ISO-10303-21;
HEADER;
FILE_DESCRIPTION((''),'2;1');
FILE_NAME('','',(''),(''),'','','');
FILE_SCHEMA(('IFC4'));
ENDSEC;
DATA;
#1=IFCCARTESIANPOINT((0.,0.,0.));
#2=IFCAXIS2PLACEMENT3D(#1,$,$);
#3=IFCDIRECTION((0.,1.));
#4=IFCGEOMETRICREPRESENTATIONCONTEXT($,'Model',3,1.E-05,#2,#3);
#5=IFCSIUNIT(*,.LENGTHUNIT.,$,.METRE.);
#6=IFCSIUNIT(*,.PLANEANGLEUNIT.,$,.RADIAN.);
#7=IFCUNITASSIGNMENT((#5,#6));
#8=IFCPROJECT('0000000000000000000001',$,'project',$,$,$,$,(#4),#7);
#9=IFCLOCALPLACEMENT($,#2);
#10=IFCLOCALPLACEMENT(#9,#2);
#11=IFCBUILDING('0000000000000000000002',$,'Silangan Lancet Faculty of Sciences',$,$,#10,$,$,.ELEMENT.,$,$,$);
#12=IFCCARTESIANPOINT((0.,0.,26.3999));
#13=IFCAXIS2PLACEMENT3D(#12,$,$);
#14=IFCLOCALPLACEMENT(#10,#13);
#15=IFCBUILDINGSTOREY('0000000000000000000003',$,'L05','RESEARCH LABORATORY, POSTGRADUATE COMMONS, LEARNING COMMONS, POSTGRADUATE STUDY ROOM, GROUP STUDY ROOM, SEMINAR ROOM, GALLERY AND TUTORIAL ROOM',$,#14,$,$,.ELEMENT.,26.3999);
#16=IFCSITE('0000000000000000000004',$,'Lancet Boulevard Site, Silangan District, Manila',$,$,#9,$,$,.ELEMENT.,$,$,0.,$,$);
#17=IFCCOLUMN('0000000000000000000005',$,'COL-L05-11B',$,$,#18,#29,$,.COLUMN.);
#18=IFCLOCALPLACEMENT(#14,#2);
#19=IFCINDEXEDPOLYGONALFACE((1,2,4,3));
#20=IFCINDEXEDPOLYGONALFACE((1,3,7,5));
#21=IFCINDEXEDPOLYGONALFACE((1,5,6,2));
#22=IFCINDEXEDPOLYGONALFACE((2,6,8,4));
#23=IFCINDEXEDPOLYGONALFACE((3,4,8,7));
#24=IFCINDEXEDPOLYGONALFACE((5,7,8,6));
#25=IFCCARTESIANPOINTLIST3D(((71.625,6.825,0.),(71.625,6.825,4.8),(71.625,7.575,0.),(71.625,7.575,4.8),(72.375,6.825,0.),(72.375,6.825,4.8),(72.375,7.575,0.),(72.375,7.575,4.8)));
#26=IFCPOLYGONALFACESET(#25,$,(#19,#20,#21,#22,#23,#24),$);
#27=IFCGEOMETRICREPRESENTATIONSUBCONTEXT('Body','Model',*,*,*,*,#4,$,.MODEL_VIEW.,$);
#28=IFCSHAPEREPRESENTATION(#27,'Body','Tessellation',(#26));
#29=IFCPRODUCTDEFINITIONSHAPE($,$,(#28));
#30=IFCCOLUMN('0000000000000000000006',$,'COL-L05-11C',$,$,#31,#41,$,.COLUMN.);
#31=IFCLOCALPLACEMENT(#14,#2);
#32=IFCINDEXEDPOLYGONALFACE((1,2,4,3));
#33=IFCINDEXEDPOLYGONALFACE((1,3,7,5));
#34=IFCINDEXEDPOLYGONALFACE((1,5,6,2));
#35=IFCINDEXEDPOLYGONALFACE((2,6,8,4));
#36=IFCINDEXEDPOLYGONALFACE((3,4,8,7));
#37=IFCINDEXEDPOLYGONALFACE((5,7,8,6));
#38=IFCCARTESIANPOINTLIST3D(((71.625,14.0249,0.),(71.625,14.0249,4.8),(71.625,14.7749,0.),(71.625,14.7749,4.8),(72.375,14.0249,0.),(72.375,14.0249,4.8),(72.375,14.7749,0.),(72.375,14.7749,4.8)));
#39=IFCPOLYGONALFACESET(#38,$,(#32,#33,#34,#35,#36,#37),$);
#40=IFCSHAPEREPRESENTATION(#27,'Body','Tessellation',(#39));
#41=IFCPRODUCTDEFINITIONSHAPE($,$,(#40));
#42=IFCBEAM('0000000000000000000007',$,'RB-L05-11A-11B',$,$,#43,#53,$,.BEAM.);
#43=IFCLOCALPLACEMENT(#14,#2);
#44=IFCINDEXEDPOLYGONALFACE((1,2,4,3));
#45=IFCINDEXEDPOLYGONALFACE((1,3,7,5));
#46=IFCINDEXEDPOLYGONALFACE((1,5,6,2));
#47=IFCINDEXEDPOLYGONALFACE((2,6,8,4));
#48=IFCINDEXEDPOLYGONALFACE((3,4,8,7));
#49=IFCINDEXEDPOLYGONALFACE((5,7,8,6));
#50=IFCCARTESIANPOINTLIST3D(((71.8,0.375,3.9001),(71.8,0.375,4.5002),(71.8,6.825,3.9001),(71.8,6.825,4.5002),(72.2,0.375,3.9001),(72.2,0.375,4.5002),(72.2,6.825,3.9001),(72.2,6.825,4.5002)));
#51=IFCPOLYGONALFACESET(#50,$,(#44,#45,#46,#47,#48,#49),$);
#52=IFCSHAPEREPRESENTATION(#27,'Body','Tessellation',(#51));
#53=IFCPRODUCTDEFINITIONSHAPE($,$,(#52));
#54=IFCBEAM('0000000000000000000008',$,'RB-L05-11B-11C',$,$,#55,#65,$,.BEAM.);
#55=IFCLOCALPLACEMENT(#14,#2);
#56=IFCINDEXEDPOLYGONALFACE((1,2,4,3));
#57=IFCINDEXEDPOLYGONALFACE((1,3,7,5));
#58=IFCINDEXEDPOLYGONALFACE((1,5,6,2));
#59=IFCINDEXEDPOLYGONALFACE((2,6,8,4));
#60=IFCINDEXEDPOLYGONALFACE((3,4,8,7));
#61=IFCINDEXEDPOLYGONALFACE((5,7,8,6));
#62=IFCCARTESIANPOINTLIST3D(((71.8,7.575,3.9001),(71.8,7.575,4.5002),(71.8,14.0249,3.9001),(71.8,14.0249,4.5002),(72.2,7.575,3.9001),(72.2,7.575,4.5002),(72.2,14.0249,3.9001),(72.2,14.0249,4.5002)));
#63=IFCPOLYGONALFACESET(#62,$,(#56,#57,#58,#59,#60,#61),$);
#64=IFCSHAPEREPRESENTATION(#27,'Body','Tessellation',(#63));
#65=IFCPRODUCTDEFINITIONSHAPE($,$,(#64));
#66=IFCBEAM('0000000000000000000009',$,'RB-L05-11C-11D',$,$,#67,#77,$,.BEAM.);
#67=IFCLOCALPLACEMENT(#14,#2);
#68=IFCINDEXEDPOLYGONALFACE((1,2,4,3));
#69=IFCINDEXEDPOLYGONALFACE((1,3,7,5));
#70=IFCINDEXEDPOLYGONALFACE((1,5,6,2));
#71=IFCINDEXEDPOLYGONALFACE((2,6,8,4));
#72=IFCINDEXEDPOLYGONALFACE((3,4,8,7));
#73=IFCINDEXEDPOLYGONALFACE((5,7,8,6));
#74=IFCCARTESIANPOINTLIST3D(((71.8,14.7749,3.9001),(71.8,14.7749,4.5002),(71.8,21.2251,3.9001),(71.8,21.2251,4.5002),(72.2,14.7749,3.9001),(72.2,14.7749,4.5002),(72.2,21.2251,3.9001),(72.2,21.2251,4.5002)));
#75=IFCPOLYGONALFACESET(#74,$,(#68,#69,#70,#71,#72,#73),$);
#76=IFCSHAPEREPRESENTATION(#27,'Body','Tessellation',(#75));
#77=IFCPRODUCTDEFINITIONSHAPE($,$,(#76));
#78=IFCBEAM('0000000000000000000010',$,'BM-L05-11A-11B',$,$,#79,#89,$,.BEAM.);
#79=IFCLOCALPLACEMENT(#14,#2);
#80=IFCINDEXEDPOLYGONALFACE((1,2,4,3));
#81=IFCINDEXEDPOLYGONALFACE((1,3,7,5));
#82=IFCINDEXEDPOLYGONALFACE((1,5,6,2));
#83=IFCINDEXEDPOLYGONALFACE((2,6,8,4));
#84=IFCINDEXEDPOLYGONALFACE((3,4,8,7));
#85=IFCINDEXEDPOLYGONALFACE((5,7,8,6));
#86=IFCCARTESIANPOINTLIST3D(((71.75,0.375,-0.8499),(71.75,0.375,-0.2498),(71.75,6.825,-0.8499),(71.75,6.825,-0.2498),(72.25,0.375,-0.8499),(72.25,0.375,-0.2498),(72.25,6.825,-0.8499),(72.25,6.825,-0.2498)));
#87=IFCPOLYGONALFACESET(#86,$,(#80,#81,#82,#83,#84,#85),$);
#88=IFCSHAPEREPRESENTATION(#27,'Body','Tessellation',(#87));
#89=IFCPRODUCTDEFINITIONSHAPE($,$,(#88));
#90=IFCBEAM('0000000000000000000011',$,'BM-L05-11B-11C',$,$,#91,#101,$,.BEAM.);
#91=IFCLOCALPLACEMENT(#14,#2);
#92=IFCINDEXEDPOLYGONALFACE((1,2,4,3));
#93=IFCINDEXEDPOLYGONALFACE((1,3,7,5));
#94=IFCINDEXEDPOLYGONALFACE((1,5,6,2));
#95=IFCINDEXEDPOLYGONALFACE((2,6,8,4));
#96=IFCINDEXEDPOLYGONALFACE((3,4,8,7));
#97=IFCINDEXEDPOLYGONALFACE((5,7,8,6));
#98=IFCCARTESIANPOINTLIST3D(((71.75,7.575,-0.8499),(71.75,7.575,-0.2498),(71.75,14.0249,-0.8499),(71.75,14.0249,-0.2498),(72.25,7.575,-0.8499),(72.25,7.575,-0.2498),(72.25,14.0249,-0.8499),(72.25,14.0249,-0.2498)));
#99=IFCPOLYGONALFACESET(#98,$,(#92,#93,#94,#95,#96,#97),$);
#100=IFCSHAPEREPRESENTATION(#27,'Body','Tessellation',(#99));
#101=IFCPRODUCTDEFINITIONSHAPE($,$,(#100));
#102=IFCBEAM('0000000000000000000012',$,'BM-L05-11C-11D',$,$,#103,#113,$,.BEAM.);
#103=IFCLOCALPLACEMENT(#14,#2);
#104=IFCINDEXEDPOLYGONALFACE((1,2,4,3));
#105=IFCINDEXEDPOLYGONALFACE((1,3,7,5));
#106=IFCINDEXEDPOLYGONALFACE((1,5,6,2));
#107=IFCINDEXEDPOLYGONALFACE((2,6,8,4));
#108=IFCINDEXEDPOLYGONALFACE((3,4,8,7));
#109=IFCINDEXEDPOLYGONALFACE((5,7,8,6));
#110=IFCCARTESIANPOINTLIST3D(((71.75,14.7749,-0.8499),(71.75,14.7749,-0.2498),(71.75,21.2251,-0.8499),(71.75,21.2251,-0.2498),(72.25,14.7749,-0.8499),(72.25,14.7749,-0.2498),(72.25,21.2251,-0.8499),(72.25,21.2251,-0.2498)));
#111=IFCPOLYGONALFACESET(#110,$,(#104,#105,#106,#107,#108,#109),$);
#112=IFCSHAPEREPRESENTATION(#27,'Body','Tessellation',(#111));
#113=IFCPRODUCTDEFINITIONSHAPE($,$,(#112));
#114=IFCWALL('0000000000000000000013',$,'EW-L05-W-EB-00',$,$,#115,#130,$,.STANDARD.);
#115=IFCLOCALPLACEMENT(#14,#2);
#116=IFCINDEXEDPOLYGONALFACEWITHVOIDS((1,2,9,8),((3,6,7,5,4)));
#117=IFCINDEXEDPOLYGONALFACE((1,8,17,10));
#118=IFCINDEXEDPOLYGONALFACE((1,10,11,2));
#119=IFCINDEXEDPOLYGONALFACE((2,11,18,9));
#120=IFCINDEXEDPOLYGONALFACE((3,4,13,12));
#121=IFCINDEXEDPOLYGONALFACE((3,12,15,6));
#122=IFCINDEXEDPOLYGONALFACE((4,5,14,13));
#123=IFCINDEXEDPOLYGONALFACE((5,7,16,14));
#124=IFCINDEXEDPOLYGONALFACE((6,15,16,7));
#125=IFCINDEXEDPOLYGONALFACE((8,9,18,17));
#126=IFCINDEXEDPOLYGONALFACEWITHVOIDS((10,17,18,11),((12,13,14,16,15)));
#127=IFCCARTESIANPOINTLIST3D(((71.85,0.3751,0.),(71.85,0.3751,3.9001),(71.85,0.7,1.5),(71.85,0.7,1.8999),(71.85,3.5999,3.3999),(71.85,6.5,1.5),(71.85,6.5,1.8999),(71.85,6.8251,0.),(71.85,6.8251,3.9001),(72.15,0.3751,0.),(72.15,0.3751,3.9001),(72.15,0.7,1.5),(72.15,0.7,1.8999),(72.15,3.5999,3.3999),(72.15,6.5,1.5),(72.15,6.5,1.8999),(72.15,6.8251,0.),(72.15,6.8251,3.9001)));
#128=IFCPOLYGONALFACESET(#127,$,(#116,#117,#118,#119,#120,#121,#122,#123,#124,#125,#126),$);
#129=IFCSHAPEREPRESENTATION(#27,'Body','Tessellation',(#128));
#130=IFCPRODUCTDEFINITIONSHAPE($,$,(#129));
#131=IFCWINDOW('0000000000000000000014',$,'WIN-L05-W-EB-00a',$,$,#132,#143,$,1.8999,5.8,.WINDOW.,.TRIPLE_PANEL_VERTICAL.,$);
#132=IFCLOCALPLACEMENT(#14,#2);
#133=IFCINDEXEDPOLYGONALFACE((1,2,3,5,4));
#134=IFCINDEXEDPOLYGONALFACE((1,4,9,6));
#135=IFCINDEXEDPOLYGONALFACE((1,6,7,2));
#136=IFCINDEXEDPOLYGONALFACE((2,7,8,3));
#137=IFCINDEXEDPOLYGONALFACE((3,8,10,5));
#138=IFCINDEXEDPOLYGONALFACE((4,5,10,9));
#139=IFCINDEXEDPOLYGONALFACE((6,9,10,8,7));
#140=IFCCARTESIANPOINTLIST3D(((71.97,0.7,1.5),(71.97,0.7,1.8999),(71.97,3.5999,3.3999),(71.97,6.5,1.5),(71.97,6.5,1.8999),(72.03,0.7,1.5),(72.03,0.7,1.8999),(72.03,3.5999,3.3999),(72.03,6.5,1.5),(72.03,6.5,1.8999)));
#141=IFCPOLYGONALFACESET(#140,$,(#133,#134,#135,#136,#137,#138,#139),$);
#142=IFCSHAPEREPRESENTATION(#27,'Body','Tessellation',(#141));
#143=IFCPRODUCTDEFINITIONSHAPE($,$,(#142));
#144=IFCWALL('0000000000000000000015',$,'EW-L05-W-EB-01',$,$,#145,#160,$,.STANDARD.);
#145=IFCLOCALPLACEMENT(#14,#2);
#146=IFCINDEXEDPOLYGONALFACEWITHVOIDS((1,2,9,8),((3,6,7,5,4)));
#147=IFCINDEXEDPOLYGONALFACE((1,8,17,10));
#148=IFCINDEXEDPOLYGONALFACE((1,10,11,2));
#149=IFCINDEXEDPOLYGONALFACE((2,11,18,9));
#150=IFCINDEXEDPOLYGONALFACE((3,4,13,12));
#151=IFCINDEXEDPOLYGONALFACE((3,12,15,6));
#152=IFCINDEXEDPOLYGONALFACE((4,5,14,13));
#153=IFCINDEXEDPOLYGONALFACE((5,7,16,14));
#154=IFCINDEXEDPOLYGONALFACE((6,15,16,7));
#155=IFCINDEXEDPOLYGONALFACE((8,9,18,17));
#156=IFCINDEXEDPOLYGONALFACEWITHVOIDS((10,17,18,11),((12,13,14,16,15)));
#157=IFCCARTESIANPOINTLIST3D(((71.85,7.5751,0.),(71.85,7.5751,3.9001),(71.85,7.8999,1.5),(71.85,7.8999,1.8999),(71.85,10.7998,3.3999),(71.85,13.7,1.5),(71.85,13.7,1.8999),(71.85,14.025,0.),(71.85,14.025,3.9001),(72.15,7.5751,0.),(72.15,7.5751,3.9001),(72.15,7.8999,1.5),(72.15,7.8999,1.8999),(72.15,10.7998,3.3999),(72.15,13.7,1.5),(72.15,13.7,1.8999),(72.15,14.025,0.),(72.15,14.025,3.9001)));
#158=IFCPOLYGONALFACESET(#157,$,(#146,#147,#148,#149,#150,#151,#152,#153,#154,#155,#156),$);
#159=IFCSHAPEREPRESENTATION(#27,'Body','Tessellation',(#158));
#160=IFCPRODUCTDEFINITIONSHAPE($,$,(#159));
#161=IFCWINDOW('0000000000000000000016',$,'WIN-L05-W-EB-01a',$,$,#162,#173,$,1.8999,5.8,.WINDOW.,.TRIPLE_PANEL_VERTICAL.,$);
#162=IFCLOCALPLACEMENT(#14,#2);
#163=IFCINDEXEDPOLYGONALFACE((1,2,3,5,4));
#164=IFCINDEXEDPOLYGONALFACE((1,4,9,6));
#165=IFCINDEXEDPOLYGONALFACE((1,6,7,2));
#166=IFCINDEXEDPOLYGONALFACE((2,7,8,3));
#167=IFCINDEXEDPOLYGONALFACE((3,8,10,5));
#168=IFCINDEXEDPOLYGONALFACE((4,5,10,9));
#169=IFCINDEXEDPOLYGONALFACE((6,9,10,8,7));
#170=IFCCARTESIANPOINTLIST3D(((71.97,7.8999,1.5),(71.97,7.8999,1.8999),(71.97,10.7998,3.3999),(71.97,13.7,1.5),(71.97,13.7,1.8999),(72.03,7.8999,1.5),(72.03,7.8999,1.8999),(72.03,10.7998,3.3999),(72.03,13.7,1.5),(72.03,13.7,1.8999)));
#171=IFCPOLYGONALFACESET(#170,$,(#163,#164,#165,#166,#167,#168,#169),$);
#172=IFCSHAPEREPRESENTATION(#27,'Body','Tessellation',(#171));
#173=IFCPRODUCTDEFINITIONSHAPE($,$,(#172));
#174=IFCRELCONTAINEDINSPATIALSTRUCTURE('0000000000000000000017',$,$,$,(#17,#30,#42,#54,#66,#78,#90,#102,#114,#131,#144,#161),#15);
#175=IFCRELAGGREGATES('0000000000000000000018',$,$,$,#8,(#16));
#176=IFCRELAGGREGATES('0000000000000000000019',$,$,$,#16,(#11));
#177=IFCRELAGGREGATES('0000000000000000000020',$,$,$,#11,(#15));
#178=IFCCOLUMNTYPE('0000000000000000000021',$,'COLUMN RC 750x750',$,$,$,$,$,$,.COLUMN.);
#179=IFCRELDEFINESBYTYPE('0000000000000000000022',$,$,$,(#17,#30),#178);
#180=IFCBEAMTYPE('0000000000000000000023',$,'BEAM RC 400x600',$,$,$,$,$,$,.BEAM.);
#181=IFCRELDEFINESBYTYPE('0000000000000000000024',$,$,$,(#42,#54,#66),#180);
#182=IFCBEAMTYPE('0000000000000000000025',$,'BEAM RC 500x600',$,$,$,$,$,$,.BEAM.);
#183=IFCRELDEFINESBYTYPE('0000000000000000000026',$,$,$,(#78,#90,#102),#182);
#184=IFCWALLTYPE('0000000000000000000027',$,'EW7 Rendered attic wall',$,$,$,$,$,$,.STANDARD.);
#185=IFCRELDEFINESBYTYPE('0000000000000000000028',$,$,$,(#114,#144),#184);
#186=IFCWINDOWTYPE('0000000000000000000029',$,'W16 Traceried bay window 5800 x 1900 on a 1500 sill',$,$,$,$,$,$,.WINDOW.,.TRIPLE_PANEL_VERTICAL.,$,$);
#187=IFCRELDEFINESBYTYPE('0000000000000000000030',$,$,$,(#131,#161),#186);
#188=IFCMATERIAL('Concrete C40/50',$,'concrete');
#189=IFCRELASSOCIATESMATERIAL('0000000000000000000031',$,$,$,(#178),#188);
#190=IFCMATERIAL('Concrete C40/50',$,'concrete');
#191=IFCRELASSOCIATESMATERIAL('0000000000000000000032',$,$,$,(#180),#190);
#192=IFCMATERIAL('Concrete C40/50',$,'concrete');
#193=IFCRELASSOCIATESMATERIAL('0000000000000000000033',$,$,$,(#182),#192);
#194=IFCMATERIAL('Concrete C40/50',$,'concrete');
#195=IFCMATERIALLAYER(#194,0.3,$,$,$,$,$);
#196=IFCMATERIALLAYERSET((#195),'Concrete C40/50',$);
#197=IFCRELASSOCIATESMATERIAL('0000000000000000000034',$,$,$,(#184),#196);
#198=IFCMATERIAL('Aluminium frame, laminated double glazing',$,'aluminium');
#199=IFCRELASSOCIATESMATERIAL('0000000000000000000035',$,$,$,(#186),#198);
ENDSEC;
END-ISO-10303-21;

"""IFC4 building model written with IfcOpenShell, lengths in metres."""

from ifc_helpers import new_model, si_unit, direction, frame, frame_2d, origin, origin_2d, place, context, subcontext, project, spatial, polyline, rectangle, outline, extrude, material, layer, layer_set, material_profile, profile_set, type_object, element, fill, save


model = new_model("IFC4")

# Units and contexts
model_context = context("Model", 3, precision=1e-05, world=origin(), true_north=direction((0.0, 1.0)))
body_context = subcontext(model_context, "Body", "Model", "MODEL_VIEW")
ifc_project = project(units=[si_unit("LENGTHUNIT", "METRE"), si_unit("PLANEANGLEUNIT", "RADIAN")], contexts=[model_context])

# Site, building, storey
site_placement = place(None, origin())
site = spatial("IfcSite", under=ifc_project, at=site_placement, Name="Lancet Boulevard Site, Silangan District, Manila", CompositionType="ELEMENT", RefElevation=0.0)
building_placement = place(site_placement, origin())
building = spatial("IfcBuilding", under=site, at=building_placement, Name="Silangan Lancet Faculty of Sciences", CompositionType="ELEMENT")
storey_placement = place(building_placement, frame((0.0, 0.0, 26.3999)))
storey = spatial("IfcBuildingStorey", under=building, at=storey_placement, Name="L05", Description="RESEARCH LABORATORY, POSTGRADUATE COMMONS, LEARNING COMMONS, POSTGRADUATE STUDY ROOM, GROUP STUDY ROOM, SEMINAR ROOM, GALLERY AND TUTORIAL ROOM", CompositionType="ELEMENT", Elevation=26.3999)

# Columns
ifc_material_1 = material(Name="Concrete C40/50", Category="concrete")
ifc_material_profile_1 = material_profile(ifc_material_1, rectangle(XDim=0.75, YDim=0.75, at=origin_2d()), Name="RC 750x750")
ifc_profile_set_1 = profile_set([ifc_material_profile_1], Name="Concrete C40/50")
column_type = type_object("IfcColumnType", Name="COLUMN RC 750x750", PredefinedType="COLUMN", material=ifc_profile_set_1)
for number, where, z_axis, x_axis, name in (
    (1, (72.0, 7.2, 0.0), (0.0, 0.0, 1.0), (1.0, 0.0, 0.0), "COL-L05-11B"),
    (2, (72.0, 14.3999, 0.0), (0.0, 0.0, 1.0), (1.0, 0.0, 0.0), "COL-L05-11C"),
):
    element("IfcColumn", number, at=place(storey_placement, frame(where, z_axis=z_axis, x_axis=x_axis)), inside=storey, type_object=column_type, Name=name, PredefinedType="COLUMN", context=body_context, shape_type="SweptSolid", body=[
        extrude(rectangle(XDim=0.75, YDim=0.75, at=origin_2d()), origin(), (0.0, 0.0, 1.0), 4.8),
    ])

# Beams
ifc_material_2 = material(Name="Concrete C40/50", Category="concrete")
ifc_material_profile_2 = material_profile(ifc_material_2, rectangle(XDim=0.3999, YDim=0.6001, at=origin_2d()), Name="RC 400x600")
ifc_profile_set_2 = profile_set([ifc_material_profile_2], Name="Concrete C40/50")
beam_type_1 = type_object("IfcBeamType", Name="BEAM RC 400x600", PredefinedType="BEAM", material=ifc_profile_set_2)
for number, where, z_axis, x_axis, name in (
    (3, (72.0, 0.375, 4.2002), (0.0, 1.0, 0.0), (-1.0, 0.0, 0.0), "RB-L05-11A-11B"),
    (4, (72.0, 7.575, 4.2002), (0.0, 1.0, 0.0), (-1.0, 0.0, 0.0), "RB-L05-11B-11C"),
):
    element("IfcBeam", number, at=place(storey_placement, frame(where, z_axis=z_axis, x_axis=x_axis)), inside=storey, type_object=beam_type_1, Name=name, PredefinedType="BEAM", context=body_context, shape_type="SweptSolid", body=[
        extrude(rectangle(XDim=0.3999, YDim=0.6001, at=origin_2d()), origin(), (0.0, 0.0, 1.0), 6.45),
    ])
beam_1_placement = place(storey_placement, frame((72.0, 14.7749, 4.2002), z_axis=(0.0, 1.0, 0.0), x_axis=(-1.0, 0.0, 0.0)))
element("IfcBeam", 5, at=beam_1_placement, inside=storey, type_object=beam_type_1, Name="RB-L05-11C-11D", PredefinedType="BEAM", context=body_context, shape_type="SweptSolid", body=[
    extrude(rectangle(XDim=0.3999, YDim=0.6001, at=origin_2d()), origin(), (0.0, 0.0, 1.0), 6.4502),
])
ifc_material_3 = material(Name="Concrete C40/50", Category="concrete")
ifc_material_profile_3 = material_profile(ifc_material_3, rectangle(XDim=0.5, YDim=0.6001, at=origin_2d()), Name="RC 500x600")
ifc_profile_set_3 = profile_set([ifc_material_profile_3], Name="Concrete C40/50")
beam_type_2 = type_object("IfcBeamType", Name="BEAM RC 500x600", PredefinedType="BEAM", material=ifc_profile_set_3)
for number, where, z_axis, x_axis, name in (
    (6, (72.0, 0.375, -0.5498), (0.0, 1.0, 0.0), (-1.0, 0.0, 0.0), "BM-L05-11A-11B"),
    (7, (72.0, 7.575, -0.5498), (0.0, 1.0, 0.0), (-1.0, 0.0, 0.0), "BM-L05-11B-11C"),
):
    element("IfcBeam", number, at=place(storey_placement, frame(where, z_axis=z_axis, x_axis=x_axis)), inside=storey, type_object=beam_type_2, Name=name, PredefinedType="BEAM", context=body_context, shape_type="SweptSolid", body=[
        extrude(rectangle(XDim=0.5, YDim=0.6001, at=origin_2d()), origin(), (0.0, 0.0, 1.0), 6.45),
    ])
beam_2_placement = place(storey_placement, frame((72.0, 14.7749, -0.5498), z_axis=(0.0, 1.0, 0.0), x_axis=(-1.0, 0.0, 0.0)))
element("IfcBeam", 8, at=beam_2_placement, inside=storey, type_object=beam_type_2, Name="BM-L05-11C-11D", PredefinedType="BEAM", context=body_context, shape_type="SweptSolid", body=[
    extrude(rectangle(XDim=0.5, YDim=0.6001, at=origin_2d()), origin(), (0.0, 0.0, 1.0), 6.4502),
])

# Walls, openings, windows
ifc_material_4 = material(Name="Concrete C40/50", Category="concrete")
ifc_layer_1 = layer(ifc_material_4, 0.3)
ifc_layer_set_1 = layer_set([ifc_layer_1], Name="Concrete C40/50")
wall_type_1 = type_object("IfcWallType", Name="EW7 Rendered attic wall", PredefinedType="STANDARD", material=ifc_layer_set_1)
wall_1_placement = place(storey_placement, frame((72.0, 0.375, 0.0), z_axis=(0.0, 0.0, 1.0), x_axis=(0.0, 1.0, 0.0)))
wall_1 = element("IfcWall", 9, at=wall_1_placement, inside=storey, type_object=wall_type_1, Name="EW-L05-W-EB-00", PredefinedType="STANDARD", context=body_context, shape_type="SweptSolid", body=[
    extrude(rectangle(XDim=6.45, YDim=0.3, at=frame_2d((3.2251, 0.0))), origin(), (0.0, 0.0, 1.0), 3.9001),
])
opening_1_placement = place(wall_1_placement, frame((0.325, 0.0, 1.5)))
opening_1 = element("IfcOpeningElement", 10, at=opening_1_placement, cuts=wall_1, PredefinedType="OPENING", context=body_context, shape_type="SweptSolid", body=[
    extrude(outline(polyline([(0.0, 0.0), (5.8, 0.0), (5.8, 0.3999), (2.8999, 1.8999), (0.0, 0.3999), (0.0, 0.0)])), frame((0.0, 0.1599, 0.0), z_axis=(0.0, -1.0, 0.0), x_axis=(1.0, 0.0, 0.0)), (0.0, 0.0, 1.0), 0.3201),
])
ifc_material_5 = material(Name="Aluminium frame, laminated double glazing", Category="aluminium")
window_type = type_object("IfcWindowType", Name="W16 Traceried bay window 5800 x 1900 on a 1500 sill", PartitioningType="TRIPLE_PANEL_VERTICAL", PredefinedType="WINDOW", material=ifc_material_5)
window_1_placement = place(opening_1_placement, origin())
window_1 = element("IfcWindow", 11, at=window_1_placement, inside=storey, type_object=window_type, Name="WIN-L05-W-EB-00a", OverallHeight=1.8999, OverallWidth=5.8, PartitioningType="TRIPLE_PANEL_VERTICAL", PredefinedType="WINDOW", context=body_context, shape_type="SweptSolid", body=[
    extrude(outline(polyline([(0.0, 0.0), (5.8, 0.0), (5.8, 0.3999), (2.8999, 1.8999), (0.0, 0.3999), (0.0, 0.0)])), frame((0.0, 0.03, 0.0), z_axis=(0.0, -1.0, 0.0), x_axis=(1.0, 0.0, 0.0)), (0.0, 0.0, 1.0), 0.0601),
])
fill(opening_1, window_1)
wall_2_placement = place(storey_placement, frame((72.0, 7.575, 0.0), z_axis=(0.0, 0.0, 1.0), x_axis=(0.0, 1.0, 0.0)))
wall_2 = element("IfcWall", 12, at=wall_2_placement, inside=storey, type_object=wall_type_1, Name="EW-L05-W-EB-01", PredefinedType="STANDARD", context=body_context, shape_type="SweptSolid", body=[
    extrude(rectangle(XDim=6.45, YDim=0.3, at=frame_2d((3.2251, 0.0))), origin(), (0.0, 0.0, 1.0), 3.9001),
])
opening_2_placement = place(wall_2_placement, frame((0.325, 0.0, 1.5)))
opening_2 = element("IfcOpeningElement", 13, at=opening_2_placement, cuts=wall_2, PredefinedType="OPENING", context=body_context, shape_type="SweptSolid", body=[
    extrude(outline(polyline([(0.0, 0.0), (5.8, 0.0), (5.8, 0.3999), (2.8999, 1.8999), (0.0, 0.3999), (0.0, 0.0)])), frame((0.0, 0.1599, 0.0), z_axis=(0.0, -1.0, 0.0), x_axis=(1.0, 0.0, 0.0)), (0.0, 0.0, 1.0), 0.3201),
])
window_2_placement = place(opening_2_placement, origin())
window_2 = element("IfcWindow", 14, at=window_2_placement, inside=storey, type_object=window_type, Name="WIN-L05-W-EB-01a", OverallHeight=1.8999, OverallWidth=5.8, PartitioningType="TRIPLE_PANEL_VERTICAL", PredefinedType="WINDOW", context=body_context, shape_type="SweptSolid", body=[
    extrude(outline(polyline([(0.0, 0.0), (5.8, 0.0), (5.8, 0.3999), (2.8999, 1.8999), (0.0, 0.3999), (0.0, 0.0)])), frame((0.0, 0.03, 0.0), z_axis=(0.0, -1.0, 0.0), x_axis=(1.0, 0.0, 0.0)), (0.0, 0.0, 1.0), 0.0601),
])
fill(opening_2, window_2)

save(model, "model.ifc")
